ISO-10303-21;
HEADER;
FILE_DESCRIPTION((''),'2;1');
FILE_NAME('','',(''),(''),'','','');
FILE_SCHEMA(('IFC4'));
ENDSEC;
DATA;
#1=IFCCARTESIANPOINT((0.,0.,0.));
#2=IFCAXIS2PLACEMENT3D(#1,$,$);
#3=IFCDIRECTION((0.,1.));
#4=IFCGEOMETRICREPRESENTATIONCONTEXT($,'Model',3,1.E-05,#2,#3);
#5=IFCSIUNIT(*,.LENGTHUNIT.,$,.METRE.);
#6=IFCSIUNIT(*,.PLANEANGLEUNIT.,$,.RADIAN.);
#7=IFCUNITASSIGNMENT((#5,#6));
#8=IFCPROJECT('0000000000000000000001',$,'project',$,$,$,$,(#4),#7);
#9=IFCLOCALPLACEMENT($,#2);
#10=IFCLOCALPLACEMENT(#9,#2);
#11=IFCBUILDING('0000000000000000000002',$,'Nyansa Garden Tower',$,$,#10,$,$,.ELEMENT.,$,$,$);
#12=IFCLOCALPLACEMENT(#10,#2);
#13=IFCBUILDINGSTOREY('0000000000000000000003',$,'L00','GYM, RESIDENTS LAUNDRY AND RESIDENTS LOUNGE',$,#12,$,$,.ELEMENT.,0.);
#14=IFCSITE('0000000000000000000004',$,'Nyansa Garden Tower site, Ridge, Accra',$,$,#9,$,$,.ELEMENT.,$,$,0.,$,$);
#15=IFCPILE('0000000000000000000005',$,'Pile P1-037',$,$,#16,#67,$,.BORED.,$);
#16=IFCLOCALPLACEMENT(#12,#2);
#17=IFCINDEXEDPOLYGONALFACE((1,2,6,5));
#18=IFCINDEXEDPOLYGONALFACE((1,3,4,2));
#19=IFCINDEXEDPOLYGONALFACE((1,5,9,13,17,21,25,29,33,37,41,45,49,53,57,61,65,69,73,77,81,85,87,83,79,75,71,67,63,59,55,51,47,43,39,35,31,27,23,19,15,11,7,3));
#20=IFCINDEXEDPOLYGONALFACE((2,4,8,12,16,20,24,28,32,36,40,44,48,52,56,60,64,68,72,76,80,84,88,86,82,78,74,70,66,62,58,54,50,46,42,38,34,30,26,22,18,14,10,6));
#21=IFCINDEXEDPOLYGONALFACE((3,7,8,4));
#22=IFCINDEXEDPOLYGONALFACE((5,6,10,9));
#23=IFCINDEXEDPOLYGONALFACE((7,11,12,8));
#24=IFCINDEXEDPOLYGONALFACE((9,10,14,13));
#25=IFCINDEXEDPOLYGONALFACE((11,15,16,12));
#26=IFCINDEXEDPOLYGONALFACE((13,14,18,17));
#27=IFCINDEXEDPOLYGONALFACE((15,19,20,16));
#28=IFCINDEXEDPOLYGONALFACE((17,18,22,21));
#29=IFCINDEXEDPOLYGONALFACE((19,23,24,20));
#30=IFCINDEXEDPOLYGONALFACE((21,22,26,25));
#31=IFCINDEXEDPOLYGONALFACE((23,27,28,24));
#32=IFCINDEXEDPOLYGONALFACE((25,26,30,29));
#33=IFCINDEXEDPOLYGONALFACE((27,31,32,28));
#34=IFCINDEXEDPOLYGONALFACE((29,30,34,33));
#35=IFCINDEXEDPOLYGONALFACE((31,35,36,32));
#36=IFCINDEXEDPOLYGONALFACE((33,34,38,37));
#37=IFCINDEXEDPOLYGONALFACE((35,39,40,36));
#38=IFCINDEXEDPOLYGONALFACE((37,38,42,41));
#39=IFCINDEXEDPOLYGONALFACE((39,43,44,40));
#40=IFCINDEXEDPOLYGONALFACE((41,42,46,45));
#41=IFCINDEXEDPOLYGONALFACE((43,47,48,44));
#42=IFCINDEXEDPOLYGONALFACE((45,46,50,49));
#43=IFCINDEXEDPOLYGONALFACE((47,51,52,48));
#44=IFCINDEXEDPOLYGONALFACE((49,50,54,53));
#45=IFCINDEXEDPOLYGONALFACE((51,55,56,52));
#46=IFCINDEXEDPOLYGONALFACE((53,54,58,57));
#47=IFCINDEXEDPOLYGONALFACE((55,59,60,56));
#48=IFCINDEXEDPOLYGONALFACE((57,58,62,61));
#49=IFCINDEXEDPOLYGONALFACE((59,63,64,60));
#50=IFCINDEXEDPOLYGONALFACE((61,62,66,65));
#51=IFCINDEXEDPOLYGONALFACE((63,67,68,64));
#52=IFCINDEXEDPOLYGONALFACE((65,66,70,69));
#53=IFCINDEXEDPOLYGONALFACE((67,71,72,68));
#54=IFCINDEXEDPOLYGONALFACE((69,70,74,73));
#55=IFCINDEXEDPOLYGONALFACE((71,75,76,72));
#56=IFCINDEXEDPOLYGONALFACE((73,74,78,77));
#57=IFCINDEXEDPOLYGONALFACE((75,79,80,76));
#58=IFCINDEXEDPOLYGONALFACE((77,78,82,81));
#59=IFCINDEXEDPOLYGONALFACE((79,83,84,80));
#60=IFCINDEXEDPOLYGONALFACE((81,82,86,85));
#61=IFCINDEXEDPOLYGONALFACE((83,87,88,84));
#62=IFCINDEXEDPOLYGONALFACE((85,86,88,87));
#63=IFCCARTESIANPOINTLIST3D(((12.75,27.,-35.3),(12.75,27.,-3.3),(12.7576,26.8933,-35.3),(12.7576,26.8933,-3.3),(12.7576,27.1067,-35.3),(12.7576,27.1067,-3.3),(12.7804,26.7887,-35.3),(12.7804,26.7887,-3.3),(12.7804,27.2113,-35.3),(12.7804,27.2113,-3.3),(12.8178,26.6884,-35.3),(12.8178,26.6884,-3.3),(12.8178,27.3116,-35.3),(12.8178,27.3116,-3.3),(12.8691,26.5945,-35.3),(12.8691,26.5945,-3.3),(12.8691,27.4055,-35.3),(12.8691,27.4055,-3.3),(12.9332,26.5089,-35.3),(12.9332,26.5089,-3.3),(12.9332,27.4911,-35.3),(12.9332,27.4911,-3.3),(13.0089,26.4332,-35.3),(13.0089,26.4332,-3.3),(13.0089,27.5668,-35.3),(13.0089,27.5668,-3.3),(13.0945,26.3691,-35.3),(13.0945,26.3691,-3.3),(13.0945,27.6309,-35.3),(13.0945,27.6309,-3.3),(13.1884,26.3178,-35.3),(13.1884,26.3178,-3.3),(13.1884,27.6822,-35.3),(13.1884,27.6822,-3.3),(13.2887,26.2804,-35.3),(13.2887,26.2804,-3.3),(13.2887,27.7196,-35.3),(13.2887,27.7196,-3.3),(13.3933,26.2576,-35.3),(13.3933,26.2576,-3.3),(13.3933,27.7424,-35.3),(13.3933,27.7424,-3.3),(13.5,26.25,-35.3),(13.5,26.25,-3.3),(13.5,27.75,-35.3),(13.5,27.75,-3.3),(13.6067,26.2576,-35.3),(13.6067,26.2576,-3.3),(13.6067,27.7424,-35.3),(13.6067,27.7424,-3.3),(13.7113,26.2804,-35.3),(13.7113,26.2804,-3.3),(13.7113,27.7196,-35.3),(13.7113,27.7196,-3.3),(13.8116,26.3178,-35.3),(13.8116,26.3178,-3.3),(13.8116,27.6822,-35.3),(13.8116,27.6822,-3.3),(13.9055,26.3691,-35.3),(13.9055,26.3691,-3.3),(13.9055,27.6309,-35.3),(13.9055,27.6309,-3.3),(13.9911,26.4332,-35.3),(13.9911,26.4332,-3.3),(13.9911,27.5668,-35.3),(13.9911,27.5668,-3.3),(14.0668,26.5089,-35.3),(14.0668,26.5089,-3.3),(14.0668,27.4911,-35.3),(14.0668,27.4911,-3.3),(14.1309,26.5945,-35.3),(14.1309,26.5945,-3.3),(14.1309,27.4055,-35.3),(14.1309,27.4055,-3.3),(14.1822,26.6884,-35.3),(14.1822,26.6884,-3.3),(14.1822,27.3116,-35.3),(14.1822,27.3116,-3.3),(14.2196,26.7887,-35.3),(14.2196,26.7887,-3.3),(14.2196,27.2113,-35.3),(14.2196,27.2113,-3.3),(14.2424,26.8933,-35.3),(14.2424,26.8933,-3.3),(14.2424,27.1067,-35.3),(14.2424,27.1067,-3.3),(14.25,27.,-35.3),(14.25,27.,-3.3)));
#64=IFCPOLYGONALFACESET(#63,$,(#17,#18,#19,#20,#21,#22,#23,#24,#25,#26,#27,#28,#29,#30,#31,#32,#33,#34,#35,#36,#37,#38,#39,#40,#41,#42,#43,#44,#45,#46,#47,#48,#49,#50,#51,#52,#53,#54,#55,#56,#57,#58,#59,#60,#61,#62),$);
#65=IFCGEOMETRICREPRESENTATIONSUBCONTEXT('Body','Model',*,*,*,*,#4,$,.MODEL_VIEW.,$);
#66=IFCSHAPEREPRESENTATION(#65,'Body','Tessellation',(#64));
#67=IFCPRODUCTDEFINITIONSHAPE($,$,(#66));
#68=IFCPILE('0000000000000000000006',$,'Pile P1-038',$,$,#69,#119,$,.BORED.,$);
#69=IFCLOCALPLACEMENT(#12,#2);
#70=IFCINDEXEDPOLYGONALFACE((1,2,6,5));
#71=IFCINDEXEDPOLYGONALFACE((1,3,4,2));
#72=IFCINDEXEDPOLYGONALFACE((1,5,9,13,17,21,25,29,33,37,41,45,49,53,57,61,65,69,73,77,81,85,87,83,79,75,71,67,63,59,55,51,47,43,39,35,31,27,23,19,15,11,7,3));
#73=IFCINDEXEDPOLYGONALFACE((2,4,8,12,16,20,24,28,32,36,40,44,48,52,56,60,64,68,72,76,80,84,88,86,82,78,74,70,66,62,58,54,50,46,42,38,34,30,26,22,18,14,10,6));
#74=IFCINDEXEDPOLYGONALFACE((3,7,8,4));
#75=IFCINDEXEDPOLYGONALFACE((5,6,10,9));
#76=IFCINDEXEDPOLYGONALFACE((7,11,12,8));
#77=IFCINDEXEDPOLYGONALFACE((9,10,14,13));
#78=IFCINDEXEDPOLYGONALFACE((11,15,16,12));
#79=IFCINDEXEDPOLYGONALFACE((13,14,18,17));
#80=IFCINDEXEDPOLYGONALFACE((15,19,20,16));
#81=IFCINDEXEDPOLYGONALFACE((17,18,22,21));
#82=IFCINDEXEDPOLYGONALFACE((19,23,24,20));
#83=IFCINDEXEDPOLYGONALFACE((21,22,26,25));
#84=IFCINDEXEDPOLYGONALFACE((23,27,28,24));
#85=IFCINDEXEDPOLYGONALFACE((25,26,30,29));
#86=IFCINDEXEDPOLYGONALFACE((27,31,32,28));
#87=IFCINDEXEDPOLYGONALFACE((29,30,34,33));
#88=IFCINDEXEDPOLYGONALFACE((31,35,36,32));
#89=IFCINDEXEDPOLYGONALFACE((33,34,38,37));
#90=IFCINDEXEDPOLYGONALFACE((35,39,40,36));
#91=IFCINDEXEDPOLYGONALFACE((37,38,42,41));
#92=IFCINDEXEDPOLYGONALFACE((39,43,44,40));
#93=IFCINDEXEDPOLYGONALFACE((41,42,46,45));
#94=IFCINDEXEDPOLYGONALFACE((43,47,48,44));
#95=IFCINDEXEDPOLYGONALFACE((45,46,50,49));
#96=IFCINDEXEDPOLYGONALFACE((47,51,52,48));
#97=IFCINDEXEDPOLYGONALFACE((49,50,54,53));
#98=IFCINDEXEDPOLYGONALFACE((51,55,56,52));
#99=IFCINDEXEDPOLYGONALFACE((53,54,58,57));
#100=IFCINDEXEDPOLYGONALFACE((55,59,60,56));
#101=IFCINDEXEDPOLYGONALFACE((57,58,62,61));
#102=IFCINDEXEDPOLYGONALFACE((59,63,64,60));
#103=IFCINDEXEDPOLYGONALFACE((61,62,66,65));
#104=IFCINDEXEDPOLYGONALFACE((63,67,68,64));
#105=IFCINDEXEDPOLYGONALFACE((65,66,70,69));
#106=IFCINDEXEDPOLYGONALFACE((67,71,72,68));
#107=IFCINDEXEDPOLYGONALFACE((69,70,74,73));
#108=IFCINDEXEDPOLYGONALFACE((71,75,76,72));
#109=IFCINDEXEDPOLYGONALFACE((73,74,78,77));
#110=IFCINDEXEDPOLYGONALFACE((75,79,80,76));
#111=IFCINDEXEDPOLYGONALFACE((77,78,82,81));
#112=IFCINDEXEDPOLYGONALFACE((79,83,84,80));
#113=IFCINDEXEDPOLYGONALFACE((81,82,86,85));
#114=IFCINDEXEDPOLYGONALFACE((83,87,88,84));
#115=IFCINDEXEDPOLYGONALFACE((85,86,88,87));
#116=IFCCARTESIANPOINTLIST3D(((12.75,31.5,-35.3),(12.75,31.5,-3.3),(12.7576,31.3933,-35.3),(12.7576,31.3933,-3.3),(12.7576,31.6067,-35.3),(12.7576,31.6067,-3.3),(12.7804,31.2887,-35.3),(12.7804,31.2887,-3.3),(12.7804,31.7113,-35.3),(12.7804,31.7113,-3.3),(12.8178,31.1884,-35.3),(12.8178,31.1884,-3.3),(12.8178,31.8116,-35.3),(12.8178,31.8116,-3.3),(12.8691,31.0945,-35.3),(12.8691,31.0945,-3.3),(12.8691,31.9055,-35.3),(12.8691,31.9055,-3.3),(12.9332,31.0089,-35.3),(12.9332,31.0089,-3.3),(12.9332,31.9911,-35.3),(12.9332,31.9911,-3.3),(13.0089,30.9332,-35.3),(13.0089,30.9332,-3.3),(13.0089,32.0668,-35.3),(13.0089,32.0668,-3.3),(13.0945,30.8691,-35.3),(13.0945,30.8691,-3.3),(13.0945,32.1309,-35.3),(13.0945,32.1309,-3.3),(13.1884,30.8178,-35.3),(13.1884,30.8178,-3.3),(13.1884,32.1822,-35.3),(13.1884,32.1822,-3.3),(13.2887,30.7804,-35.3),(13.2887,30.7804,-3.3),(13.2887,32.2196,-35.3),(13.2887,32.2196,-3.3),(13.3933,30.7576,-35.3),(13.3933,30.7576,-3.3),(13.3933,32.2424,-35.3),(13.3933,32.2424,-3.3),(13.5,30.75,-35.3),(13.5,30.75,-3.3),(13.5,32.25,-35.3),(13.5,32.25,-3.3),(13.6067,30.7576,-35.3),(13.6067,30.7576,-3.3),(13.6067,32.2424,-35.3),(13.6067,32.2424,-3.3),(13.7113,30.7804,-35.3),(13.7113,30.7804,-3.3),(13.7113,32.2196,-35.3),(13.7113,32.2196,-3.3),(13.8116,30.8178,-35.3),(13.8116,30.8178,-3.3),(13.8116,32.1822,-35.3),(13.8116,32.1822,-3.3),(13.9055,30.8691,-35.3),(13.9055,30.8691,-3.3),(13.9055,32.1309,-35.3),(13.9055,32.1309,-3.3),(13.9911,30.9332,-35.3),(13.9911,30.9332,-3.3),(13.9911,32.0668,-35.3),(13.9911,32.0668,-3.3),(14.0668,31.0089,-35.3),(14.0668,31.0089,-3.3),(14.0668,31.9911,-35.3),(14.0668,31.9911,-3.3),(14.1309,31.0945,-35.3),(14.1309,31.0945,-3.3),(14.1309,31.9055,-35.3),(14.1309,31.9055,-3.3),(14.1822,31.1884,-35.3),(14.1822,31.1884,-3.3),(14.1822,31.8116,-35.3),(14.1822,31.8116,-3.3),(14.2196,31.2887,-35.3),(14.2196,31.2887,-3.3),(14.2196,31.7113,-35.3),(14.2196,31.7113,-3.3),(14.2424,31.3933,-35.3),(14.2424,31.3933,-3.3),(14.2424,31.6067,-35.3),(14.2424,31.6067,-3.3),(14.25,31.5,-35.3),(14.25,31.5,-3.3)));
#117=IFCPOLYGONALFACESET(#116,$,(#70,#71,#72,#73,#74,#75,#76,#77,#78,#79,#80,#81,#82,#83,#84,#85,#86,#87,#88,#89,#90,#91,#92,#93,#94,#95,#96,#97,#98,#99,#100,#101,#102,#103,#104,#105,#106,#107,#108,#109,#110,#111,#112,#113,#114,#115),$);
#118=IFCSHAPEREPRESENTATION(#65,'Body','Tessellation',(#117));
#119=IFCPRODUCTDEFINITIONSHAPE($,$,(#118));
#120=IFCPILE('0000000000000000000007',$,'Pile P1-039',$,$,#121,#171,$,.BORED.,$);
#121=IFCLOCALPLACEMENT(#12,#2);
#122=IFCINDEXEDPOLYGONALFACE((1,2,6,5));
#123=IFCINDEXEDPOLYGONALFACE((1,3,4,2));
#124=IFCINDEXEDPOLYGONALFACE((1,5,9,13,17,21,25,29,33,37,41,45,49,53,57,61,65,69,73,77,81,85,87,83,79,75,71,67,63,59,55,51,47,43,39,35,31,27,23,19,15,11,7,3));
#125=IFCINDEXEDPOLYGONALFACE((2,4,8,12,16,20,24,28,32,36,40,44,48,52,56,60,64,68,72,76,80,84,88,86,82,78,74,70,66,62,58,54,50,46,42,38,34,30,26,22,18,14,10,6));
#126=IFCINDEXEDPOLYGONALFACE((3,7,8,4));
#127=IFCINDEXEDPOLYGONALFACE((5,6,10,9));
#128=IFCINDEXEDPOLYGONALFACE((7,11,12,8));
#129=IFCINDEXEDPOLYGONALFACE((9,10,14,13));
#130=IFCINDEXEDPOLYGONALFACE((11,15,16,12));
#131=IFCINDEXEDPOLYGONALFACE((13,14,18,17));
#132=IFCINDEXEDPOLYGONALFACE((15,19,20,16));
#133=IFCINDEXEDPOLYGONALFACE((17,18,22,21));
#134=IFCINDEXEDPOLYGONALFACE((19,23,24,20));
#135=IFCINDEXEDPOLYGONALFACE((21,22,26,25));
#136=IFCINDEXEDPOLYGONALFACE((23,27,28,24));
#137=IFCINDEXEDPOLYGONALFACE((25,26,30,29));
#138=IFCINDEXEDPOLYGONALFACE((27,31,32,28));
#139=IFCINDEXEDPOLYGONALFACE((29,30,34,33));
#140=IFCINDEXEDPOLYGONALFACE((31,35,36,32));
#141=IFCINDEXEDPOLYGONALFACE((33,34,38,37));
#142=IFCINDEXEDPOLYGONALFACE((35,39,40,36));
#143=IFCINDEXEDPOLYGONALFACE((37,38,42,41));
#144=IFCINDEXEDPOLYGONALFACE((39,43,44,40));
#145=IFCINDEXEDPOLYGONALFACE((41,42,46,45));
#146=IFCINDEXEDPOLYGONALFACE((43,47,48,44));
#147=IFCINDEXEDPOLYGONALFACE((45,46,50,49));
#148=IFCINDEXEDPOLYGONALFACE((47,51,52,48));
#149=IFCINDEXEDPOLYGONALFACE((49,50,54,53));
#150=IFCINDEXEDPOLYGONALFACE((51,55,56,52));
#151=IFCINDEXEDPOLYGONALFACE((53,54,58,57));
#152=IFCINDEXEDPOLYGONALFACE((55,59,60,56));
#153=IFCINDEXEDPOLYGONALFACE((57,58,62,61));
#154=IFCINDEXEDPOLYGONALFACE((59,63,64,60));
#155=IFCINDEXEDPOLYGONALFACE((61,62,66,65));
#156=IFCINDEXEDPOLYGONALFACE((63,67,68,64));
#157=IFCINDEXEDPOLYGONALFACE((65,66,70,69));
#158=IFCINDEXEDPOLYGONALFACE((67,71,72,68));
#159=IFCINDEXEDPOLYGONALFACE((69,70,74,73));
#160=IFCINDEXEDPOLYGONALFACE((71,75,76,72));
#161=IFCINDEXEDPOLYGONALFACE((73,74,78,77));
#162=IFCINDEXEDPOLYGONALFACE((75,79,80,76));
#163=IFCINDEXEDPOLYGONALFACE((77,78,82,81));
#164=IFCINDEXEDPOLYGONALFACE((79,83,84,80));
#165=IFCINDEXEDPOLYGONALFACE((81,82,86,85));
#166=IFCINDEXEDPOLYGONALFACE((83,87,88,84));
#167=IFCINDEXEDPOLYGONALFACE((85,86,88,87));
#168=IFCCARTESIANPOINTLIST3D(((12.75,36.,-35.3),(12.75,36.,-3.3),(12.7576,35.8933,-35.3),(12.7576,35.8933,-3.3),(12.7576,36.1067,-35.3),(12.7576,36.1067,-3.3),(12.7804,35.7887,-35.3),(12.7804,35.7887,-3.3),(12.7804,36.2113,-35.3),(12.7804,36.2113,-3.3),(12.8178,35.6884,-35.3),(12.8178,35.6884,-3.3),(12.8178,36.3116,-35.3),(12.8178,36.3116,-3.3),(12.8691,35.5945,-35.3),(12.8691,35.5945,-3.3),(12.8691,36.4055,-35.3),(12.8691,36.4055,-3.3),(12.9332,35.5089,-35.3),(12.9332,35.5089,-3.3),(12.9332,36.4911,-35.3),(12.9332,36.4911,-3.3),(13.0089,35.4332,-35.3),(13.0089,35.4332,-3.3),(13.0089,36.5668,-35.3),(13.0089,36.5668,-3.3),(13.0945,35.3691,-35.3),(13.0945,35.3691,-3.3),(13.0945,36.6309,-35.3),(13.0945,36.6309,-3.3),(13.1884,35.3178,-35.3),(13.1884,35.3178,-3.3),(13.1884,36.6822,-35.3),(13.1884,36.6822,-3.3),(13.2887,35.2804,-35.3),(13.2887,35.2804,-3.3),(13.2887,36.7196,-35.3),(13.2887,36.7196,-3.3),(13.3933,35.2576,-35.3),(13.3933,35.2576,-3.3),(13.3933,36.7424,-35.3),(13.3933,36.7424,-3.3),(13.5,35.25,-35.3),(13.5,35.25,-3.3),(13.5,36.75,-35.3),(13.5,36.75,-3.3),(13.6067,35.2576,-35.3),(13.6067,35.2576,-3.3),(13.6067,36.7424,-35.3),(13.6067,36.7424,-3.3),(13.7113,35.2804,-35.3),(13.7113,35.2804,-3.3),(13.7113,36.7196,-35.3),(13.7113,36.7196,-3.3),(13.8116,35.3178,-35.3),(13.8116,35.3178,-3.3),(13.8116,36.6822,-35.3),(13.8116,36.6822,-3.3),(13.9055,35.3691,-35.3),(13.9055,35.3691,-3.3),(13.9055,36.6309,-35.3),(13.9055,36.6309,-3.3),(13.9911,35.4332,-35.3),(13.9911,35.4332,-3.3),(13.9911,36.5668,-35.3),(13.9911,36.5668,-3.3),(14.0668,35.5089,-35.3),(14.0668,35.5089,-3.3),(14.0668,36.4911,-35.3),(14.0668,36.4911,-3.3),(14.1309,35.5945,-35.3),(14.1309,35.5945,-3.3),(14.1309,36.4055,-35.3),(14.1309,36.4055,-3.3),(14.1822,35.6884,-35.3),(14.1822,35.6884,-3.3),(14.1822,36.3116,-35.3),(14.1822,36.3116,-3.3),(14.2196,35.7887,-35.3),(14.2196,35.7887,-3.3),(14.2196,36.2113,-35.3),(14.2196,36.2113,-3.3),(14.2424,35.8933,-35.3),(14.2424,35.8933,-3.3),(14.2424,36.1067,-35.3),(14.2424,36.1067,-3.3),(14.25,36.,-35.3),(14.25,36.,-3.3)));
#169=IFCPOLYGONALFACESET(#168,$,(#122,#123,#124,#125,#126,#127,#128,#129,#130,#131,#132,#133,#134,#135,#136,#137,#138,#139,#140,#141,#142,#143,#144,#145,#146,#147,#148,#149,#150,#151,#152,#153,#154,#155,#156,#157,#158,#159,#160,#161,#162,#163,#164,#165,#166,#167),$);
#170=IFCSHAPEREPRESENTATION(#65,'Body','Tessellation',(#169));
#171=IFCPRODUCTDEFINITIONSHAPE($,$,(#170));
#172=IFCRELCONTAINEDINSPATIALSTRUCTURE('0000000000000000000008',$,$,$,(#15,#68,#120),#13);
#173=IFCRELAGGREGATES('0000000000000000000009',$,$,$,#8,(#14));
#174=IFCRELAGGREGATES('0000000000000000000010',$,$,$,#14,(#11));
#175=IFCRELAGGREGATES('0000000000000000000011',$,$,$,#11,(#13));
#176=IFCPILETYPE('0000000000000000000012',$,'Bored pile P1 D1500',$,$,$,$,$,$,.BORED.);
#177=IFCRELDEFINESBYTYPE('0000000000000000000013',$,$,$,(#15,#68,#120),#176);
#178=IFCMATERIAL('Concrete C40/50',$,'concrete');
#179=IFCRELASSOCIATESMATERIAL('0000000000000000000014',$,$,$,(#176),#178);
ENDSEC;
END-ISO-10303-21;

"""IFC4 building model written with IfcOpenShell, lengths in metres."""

from ifc_helpers import new_model, si_unit, direction, frame, origin, origin_2d, place, context, subcontext, project, spatial, circle, extrude, material, type_object, element, save


model = new_model("IFC4")

# Units and contexts
model_context = context("Model", 3, precision=1e-05, world=origin(), true_north=direction((0.0, 1.0)))
body_context = subcontext(model_context, "Body", "Model", "MODEL_VIEW")
ifc_project = project(units=[si_unit("LENGTHUNIT", "METRE"), si_unit("PLANEANGLEUNIT", "RADIAN")], contexts=[model_context])

# Site, building, storey
site_placement = place(None, origin())
site = spatial("IfcSite", under=ifc_project, at=site_placement, Name="Nyansa Garden Tower site, Ridge, Accra", CompositionType="ELEMENT", RefElevation=0.0)
building_placement = place(site_placement, origin())
building = spatial("IfcBuilding", under=site, at=building_placement, Name="Nyansa Garden Tower", CompositionType="ELEMENT")
storey_placement = place(building_placement, origin())
storey = spatial("IfcBuildingStorey", under=building, at=storey_placement, Name="L00", Description="GYM, RESIDENTS LAUNDRY AND RESIDENTS LOUNGE", CompositionType="ELEMENT", Elevation=0.0)

# Piles
ifc_material_1 = material(Name="Concrete C40/50", Category="concrete")
pile_type = type_object("IfcPileType", Name="Bored pile P1 D1500", PredefinedType="BORED", material=ifc_material_1)
for number, where, z_axis, x_axis, name in (
    (1, (13.5, 27.0, -3.3), (0.0, 0.0, -1.0), (1.0, 0.0, 0.0), "Pile P1-037"),
    (2, (13.5, 31.5, -3.3), (0.0, 0.0, -1.0), (1.0, 0.0, 0.0), "Pile P1-038"),
    (3, (13.5, 36.0, -3.3), (0.0, 0.0, -1.0), (1.0, 0.0, 0.0), "Pile P1-039"),
):
    element("IfcPile", number, at=place(storey_placement, frame(where, z_axis=z_axis, x_axis=x_axis)), inside=storey, type_object=pile_type, Name=name, PredefinedType="BORED", context=body_context, shape_type="SweptSolid", body=[
        extrude(circle(Radius=0.75, at=origin_2d()), origin(), (0.0, 0.0, 1.0), 32.0),
    ])

save(model, "model.ifc")
